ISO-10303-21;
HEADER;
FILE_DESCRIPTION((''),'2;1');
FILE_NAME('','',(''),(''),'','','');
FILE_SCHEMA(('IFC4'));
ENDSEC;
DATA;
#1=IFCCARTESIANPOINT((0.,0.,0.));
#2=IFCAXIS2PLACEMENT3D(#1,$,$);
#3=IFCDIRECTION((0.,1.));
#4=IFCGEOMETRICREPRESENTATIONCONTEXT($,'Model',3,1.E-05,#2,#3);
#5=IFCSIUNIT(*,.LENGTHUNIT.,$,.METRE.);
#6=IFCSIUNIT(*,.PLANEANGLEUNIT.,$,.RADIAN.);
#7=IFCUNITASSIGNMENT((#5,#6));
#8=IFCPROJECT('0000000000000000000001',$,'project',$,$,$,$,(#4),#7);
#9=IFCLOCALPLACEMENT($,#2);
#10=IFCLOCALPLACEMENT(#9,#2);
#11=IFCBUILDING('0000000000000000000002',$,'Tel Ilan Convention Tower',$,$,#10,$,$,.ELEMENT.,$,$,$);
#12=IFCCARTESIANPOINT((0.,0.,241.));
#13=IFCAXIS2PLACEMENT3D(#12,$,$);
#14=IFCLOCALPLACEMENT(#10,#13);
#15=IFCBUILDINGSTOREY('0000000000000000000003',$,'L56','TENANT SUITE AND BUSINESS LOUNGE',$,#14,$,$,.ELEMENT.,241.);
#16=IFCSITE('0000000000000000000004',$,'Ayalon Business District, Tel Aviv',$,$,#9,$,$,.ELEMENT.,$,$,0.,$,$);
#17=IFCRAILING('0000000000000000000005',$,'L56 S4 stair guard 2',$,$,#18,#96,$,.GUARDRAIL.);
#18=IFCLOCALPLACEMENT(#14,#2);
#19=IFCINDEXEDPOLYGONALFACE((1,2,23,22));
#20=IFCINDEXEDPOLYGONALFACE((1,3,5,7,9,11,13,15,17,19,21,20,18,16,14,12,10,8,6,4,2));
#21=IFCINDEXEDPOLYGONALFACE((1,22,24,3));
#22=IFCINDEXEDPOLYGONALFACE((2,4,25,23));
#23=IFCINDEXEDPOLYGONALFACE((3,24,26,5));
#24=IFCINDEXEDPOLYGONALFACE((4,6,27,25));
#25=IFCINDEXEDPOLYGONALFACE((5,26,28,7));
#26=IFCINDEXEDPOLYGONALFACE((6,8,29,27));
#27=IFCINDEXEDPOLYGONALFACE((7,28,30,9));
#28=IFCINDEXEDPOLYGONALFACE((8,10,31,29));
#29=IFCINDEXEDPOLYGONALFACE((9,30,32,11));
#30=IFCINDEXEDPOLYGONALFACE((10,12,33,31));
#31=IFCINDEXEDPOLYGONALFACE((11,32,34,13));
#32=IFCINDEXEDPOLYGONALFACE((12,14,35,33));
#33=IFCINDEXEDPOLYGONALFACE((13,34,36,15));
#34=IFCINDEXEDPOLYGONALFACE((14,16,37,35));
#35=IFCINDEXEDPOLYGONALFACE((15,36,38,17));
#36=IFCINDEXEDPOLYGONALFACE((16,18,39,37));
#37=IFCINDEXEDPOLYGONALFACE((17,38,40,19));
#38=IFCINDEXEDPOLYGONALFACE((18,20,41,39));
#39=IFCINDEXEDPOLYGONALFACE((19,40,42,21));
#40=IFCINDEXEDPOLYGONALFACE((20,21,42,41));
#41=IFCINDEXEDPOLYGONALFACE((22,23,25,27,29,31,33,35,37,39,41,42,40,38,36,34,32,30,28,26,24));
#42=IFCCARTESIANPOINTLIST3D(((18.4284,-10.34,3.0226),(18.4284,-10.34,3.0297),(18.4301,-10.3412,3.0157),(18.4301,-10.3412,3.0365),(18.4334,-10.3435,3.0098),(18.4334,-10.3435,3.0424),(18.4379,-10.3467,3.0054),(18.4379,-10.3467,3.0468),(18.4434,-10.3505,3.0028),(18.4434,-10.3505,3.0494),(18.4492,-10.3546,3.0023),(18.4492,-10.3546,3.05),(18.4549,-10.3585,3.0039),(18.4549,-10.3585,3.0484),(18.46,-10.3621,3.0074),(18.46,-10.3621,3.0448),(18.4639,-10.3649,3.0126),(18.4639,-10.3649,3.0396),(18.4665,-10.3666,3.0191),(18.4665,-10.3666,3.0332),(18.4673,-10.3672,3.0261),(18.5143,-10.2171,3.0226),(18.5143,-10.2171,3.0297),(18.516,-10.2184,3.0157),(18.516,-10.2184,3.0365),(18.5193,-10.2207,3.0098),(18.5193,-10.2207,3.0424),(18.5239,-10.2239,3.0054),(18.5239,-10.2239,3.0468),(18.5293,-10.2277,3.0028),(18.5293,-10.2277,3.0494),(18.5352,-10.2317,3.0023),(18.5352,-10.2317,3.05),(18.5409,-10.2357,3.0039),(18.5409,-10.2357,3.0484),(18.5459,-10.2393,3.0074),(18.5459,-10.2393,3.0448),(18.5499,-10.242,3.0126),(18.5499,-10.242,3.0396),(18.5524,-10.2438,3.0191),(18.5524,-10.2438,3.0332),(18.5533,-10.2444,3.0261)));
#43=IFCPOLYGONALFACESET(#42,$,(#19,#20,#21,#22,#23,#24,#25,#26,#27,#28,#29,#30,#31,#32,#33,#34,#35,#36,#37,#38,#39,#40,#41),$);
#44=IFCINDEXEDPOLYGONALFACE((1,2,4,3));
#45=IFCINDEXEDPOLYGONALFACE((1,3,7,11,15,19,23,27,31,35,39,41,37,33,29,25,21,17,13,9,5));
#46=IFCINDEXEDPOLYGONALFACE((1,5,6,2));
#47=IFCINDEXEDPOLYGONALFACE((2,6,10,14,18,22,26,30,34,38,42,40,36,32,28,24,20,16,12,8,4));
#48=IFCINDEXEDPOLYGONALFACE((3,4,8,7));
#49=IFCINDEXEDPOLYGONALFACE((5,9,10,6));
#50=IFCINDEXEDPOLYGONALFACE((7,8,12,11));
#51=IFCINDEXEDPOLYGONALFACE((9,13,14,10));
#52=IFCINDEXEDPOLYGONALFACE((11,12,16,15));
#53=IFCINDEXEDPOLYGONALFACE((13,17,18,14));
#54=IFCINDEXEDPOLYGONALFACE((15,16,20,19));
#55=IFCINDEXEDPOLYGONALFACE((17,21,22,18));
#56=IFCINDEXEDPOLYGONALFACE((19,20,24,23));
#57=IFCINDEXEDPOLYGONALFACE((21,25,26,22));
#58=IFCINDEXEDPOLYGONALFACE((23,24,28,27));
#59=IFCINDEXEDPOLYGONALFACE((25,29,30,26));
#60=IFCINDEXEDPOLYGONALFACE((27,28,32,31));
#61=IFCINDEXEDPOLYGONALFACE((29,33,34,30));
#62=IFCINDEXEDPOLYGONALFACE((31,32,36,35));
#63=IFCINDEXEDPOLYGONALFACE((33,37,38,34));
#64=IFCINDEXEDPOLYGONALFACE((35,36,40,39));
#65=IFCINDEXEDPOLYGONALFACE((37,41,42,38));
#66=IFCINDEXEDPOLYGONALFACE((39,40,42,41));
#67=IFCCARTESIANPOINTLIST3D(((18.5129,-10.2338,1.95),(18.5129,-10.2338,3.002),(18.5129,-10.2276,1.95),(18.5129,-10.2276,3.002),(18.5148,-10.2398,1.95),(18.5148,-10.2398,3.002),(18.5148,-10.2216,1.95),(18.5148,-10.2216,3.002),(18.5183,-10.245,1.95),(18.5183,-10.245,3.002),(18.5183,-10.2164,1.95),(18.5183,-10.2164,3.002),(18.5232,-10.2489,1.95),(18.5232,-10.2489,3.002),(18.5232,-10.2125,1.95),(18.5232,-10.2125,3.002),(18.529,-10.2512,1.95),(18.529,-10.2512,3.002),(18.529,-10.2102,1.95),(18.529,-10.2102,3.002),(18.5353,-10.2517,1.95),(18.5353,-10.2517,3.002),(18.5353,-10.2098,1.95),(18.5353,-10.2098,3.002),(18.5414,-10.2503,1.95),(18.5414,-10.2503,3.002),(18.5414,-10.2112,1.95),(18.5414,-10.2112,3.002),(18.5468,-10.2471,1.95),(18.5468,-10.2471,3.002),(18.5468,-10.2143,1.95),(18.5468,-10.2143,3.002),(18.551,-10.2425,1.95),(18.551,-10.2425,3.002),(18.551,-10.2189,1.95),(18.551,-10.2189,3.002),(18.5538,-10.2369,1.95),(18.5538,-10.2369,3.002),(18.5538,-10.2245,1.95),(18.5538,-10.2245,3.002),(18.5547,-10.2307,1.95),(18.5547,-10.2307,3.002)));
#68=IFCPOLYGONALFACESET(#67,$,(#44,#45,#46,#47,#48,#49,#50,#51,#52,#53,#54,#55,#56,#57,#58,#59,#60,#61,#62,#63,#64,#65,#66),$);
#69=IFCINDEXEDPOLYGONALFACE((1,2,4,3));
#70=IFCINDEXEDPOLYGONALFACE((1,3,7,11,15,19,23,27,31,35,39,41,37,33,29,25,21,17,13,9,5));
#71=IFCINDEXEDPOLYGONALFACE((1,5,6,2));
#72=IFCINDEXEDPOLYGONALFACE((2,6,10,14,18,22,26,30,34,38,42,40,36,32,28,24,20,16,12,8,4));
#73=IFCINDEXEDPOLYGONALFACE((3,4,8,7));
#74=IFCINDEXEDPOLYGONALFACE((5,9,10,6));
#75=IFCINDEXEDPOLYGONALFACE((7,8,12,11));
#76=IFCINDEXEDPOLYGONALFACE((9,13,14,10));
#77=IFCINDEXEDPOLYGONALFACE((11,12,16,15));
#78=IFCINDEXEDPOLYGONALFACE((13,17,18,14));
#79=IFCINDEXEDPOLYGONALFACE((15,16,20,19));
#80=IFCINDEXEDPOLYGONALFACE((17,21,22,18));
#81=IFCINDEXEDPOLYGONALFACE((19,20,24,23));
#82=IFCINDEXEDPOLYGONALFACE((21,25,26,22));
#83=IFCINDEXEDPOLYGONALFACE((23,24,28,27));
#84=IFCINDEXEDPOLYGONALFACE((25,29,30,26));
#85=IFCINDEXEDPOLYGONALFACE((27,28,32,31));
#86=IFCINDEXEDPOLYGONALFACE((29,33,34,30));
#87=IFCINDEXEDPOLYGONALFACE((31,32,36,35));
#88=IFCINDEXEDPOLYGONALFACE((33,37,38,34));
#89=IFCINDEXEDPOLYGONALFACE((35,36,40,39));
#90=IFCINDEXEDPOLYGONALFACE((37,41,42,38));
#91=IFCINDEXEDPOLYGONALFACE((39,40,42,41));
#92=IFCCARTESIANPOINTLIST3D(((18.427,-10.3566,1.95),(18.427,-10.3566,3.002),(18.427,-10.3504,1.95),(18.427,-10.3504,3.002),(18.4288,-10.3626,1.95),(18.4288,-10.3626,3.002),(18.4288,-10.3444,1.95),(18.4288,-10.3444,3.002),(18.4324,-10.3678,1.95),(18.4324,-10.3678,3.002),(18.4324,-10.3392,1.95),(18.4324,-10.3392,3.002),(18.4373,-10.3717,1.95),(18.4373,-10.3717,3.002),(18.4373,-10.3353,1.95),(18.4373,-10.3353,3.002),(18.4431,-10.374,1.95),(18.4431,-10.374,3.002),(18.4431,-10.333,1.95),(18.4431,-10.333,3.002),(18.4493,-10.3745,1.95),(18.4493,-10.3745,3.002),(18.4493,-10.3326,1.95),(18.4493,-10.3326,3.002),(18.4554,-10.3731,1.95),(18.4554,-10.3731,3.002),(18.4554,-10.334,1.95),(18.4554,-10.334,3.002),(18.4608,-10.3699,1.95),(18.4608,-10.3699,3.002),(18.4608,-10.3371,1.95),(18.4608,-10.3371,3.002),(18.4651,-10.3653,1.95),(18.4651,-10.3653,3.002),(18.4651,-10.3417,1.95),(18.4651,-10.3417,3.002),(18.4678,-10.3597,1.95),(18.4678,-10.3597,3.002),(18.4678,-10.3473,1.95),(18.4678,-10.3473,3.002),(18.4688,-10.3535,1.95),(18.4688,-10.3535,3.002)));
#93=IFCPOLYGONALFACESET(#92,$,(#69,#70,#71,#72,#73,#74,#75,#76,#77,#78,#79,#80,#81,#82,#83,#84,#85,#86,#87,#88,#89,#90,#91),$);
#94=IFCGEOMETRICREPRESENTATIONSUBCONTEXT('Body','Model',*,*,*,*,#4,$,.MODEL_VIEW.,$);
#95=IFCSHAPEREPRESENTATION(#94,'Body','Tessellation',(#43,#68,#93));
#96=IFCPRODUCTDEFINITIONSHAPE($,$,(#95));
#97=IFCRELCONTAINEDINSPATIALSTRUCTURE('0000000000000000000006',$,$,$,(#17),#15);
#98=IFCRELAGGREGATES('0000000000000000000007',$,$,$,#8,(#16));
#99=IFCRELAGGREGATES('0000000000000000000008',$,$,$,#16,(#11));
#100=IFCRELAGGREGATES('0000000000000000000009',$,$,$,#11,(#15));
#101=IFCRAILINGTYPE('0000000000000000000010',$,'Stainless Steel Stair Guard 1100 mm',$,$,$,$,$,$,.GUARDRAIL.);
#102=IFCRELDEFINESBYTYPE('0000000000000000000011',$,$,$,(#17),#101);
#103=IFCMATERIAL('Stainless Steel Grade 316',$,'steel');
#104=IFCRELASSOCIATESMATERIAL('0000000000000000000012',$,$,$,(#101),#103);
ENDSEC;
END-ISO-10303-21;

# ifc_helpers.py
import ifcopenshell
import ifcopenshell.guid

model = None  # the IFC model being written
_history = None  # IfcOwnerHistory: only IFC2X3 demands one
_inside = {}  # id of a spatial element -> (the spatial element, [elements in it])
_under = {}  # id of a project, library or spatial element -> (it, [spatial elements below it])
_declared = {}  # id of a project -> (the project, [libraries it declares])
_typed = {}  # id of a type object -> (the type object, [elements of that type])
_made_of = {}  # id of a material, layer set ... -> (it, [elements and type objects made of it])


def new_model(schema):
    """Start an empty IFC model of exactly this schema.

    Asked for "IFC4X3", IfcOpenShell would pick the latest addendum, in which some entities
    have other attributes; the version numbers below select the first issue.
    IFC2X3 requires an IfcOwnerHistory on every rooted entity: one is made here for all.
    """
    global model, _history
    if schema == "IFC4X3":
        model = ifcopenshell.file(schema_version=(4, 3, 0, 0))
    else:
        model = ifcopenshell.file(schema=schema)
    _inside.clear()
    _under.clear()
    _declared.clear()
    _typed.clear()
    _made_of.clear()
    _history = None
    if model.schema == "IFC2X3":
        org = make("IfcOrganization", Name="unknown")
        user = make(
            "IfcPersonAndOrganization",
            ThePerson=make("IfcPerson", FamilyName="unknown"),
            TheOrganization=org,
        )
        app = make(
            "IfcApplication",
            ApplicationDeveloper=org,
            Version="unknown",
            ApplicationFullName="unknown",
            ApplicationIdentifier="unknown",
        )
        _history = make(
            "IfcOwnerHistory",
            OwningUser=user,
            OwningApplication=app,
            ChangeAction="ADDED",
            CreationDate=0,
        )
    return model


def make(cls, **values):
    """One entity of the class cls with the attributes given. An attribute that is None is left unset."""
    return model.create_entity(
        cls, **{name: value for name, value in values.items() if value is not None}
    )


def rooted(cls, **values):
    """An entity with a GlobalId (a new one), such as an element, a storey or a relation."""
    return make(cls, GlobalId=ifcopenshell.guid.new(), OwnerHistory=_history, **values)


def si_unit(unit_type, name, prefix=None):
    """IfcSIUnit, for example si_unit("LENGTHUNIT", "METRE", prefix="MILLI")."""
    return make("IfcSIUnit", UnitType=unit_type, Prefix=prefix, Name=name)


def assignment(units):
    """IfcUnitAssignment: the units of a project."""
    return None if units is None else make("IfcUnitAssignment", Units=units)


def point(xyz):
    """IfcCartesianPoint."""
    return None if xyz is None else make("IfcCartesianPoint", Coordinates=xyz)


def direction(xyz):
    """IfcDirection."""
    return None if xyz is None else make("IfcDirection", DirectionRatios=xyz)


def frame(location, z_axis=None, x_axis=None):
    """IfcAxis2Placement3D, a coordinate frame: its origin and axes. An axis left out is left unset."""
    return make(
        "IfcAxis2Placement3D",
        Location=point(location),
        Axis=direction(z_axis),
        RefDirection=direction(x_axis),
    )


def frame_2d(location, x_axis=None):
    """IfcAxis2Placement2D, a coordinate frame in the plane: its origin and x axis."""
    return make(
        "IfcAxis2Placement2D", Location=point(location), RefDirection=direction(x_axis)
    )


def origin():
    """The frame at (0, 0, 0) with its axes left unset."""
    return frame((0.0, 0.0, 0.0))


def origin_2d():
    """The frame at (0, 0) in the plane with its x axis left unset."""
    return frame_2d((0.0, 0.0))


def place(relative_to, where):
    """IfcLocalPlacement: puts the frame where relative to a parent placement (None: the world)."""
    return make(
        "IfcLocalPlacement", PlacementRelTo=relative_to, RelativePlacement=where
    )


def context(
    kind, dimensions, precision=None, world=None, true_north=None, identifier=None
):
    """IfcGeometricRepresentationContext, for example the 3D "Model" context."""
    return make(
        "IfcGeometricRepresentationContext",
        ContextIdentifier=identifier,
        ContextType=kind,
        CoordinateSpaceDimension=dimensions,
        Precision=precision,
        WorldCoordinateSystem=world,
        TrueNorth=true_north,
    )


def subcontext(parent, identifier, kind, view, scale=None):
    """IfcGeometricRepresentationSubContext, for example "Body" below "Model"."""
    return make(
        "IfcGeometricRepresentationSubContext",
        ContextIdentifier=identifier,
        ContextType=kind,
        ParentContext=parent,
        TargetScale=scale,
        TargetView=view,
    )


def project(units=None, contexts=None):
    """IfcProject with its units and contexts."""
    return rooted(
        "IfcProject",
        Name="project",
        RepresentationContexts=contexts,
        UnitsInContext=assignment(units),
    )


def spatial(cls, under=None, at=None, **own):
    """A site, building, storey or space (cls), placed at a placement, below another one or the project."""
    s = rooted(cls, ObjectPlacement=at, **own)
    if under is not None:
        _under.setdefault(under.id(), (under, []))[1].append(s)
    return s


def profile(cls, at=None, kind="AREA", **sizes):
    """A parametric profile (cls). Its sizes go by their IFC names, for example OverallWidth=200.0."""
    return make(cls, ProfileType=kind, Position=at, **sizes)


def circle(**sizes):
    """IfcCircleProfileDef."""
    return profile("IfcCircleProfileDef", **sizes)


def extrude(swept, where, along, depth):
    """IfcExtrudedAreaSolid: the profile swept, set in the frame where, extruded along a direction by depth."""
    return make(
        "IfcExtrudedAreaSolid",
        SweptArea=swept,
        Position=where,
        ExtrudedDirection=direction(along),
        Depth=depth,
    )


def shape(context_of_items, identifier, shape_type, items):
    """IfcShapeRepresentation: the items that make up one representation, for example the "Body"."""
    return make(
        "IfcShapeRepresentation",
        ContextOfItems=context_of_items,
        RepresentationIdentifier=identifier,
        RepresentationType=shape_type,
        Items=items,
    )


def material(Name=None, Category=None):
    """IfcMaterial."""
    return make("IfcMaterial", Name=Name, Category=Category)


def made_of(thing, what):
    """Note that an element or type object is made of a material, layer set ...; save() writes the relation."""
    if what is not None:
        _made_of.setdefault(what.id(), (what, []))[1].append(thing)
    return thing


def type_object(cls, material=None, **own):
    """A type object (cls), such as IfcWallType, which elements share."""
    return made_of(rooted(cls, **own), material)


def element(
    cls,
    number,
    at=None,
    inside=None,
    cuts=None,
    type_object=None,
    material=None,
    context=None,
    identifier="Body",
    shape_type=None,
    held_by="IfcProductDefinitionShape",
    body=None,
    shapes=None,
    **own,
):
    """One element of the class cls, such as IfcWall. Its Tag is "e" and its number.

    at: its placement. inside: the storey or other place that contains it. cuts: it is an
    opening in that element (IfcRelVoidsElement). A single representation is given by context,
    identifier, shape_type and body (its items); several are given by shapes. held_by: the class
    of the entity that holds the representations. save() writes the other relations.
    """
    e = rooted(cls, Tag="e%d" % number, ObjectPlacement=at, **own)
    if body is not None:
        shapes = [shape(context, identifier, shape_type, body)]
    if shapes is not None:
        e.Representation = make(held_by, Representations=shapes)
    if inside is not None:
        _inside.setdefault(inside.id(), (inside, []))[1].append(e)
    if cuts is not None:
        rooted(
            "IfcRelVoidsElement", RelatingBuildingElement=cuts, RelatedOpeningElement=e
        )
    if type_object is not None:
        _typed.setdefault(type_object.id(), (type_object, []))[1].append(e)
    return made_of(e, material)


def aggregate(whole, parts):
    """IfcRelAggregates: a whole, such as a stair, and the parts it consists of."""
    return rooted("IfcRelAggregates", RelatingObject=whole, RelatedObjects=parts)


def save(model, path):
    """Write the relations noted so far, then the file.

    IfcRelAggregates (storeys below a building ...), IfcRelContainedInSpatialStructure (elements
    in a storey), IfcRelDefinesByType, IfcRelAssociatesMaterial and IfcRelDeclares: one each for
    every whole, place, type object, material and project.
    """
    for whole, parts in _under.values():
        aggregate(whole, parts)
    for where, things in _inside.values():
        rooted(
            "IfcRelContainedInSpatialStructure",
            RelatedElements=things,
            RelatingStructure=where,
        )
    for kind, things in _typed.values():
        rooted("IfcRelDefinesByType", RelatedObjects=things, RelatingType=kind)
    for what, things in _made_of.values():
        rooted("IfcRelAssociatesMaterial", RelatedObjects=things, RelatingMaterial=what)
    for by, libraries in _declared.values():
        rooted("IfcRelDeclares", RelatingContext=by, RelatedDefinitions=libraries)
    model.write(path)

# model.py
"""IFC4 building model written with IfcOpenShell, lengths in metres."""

from ifc_helpers import new_model, si_unit, direction, frame, origin, origin_2d, place, context, subcontext, project, spatial, circle, extrude, material, type_object, element, save


model = new_model("IFC4")

# Units and contexts
model_context = context("Model", 3, precision=1e-05, world=origin(), true_north=direction((0.0, 1.0)))
body_context = subcontext(model_context, "Body", "Model", "MODEL_VIEW")
ifc_project = project(units=[si_unit("LENGTHUNIT", "METRE"), si_unit("PLANEANGLEUNIT", "RADIAN")], contexts=[model_context])

# Site, building, storey
site_placement = place(None, origin())
site = spatial("IfcSite", under=ifc_project, at=site_placement, Name="Ayalon Business District, Tel Aviv", CompositionType="ELEMENT", RefElevation=0.0)
building_placement = place(site_placement, origin())
building = spatial("IfcBuilding", under=site, at=building_placement, Name="Tel Ilan Convention Tower", CompositionType="ELEMENT")
storey_placement = place(building_placement, frame((0.0, 0.0, 241.0)))
storey = spatial("IfcBuildingStorey", under=building, at=storey_placement, Name="L56", Description="TENANT SUITE AND BUSINESS LOUNGE", CompositionType="ELEMENT", Elevation=241.0)

# Railing
ifc_material_1 = material(Name="Stainless Steel Grade 316", Category="steel")
railing_type_1 = type_object("IfcRailingType", Name="Stainless Steel Stair Guard 1100 mm", PredefinedType="GUARDRAIL", material=ifc_material_1)
railing_1_placement = place(storey_placement, frame((18.5337, -10.2307, 1.95)))
element("IfcRailing", 1, at=railing_1_placement, inside=storey, type_object=railing_type_1, Name="L56 S4 stair guard 2", PredefinedType="GUARDRAIL", context=body_context, shape_type="SweptSolid", body=[
    extrude(circle(Radius=0.0239, at=origin_2d()), frame((0.0, 0.0, 1.0762), z_axis=(-0.573353, -0.819308, 0.0), x_axis=(0.819308, -0.573353, 0.0)), (0.0, 0.0, 1.0), 0.1499),
    extrude(circle(Radius=0.021, at=origin_2d()), origin(), (0.0, 0.0, 1.0), 1.052),
    extrude(circle(Radius=0.021, at=origin_2d()), frame((-0.0859, -0.1228, 0.0)), (0.0, 0.0, 1.0), 1.052),
])

save(model, "model.ifc")
